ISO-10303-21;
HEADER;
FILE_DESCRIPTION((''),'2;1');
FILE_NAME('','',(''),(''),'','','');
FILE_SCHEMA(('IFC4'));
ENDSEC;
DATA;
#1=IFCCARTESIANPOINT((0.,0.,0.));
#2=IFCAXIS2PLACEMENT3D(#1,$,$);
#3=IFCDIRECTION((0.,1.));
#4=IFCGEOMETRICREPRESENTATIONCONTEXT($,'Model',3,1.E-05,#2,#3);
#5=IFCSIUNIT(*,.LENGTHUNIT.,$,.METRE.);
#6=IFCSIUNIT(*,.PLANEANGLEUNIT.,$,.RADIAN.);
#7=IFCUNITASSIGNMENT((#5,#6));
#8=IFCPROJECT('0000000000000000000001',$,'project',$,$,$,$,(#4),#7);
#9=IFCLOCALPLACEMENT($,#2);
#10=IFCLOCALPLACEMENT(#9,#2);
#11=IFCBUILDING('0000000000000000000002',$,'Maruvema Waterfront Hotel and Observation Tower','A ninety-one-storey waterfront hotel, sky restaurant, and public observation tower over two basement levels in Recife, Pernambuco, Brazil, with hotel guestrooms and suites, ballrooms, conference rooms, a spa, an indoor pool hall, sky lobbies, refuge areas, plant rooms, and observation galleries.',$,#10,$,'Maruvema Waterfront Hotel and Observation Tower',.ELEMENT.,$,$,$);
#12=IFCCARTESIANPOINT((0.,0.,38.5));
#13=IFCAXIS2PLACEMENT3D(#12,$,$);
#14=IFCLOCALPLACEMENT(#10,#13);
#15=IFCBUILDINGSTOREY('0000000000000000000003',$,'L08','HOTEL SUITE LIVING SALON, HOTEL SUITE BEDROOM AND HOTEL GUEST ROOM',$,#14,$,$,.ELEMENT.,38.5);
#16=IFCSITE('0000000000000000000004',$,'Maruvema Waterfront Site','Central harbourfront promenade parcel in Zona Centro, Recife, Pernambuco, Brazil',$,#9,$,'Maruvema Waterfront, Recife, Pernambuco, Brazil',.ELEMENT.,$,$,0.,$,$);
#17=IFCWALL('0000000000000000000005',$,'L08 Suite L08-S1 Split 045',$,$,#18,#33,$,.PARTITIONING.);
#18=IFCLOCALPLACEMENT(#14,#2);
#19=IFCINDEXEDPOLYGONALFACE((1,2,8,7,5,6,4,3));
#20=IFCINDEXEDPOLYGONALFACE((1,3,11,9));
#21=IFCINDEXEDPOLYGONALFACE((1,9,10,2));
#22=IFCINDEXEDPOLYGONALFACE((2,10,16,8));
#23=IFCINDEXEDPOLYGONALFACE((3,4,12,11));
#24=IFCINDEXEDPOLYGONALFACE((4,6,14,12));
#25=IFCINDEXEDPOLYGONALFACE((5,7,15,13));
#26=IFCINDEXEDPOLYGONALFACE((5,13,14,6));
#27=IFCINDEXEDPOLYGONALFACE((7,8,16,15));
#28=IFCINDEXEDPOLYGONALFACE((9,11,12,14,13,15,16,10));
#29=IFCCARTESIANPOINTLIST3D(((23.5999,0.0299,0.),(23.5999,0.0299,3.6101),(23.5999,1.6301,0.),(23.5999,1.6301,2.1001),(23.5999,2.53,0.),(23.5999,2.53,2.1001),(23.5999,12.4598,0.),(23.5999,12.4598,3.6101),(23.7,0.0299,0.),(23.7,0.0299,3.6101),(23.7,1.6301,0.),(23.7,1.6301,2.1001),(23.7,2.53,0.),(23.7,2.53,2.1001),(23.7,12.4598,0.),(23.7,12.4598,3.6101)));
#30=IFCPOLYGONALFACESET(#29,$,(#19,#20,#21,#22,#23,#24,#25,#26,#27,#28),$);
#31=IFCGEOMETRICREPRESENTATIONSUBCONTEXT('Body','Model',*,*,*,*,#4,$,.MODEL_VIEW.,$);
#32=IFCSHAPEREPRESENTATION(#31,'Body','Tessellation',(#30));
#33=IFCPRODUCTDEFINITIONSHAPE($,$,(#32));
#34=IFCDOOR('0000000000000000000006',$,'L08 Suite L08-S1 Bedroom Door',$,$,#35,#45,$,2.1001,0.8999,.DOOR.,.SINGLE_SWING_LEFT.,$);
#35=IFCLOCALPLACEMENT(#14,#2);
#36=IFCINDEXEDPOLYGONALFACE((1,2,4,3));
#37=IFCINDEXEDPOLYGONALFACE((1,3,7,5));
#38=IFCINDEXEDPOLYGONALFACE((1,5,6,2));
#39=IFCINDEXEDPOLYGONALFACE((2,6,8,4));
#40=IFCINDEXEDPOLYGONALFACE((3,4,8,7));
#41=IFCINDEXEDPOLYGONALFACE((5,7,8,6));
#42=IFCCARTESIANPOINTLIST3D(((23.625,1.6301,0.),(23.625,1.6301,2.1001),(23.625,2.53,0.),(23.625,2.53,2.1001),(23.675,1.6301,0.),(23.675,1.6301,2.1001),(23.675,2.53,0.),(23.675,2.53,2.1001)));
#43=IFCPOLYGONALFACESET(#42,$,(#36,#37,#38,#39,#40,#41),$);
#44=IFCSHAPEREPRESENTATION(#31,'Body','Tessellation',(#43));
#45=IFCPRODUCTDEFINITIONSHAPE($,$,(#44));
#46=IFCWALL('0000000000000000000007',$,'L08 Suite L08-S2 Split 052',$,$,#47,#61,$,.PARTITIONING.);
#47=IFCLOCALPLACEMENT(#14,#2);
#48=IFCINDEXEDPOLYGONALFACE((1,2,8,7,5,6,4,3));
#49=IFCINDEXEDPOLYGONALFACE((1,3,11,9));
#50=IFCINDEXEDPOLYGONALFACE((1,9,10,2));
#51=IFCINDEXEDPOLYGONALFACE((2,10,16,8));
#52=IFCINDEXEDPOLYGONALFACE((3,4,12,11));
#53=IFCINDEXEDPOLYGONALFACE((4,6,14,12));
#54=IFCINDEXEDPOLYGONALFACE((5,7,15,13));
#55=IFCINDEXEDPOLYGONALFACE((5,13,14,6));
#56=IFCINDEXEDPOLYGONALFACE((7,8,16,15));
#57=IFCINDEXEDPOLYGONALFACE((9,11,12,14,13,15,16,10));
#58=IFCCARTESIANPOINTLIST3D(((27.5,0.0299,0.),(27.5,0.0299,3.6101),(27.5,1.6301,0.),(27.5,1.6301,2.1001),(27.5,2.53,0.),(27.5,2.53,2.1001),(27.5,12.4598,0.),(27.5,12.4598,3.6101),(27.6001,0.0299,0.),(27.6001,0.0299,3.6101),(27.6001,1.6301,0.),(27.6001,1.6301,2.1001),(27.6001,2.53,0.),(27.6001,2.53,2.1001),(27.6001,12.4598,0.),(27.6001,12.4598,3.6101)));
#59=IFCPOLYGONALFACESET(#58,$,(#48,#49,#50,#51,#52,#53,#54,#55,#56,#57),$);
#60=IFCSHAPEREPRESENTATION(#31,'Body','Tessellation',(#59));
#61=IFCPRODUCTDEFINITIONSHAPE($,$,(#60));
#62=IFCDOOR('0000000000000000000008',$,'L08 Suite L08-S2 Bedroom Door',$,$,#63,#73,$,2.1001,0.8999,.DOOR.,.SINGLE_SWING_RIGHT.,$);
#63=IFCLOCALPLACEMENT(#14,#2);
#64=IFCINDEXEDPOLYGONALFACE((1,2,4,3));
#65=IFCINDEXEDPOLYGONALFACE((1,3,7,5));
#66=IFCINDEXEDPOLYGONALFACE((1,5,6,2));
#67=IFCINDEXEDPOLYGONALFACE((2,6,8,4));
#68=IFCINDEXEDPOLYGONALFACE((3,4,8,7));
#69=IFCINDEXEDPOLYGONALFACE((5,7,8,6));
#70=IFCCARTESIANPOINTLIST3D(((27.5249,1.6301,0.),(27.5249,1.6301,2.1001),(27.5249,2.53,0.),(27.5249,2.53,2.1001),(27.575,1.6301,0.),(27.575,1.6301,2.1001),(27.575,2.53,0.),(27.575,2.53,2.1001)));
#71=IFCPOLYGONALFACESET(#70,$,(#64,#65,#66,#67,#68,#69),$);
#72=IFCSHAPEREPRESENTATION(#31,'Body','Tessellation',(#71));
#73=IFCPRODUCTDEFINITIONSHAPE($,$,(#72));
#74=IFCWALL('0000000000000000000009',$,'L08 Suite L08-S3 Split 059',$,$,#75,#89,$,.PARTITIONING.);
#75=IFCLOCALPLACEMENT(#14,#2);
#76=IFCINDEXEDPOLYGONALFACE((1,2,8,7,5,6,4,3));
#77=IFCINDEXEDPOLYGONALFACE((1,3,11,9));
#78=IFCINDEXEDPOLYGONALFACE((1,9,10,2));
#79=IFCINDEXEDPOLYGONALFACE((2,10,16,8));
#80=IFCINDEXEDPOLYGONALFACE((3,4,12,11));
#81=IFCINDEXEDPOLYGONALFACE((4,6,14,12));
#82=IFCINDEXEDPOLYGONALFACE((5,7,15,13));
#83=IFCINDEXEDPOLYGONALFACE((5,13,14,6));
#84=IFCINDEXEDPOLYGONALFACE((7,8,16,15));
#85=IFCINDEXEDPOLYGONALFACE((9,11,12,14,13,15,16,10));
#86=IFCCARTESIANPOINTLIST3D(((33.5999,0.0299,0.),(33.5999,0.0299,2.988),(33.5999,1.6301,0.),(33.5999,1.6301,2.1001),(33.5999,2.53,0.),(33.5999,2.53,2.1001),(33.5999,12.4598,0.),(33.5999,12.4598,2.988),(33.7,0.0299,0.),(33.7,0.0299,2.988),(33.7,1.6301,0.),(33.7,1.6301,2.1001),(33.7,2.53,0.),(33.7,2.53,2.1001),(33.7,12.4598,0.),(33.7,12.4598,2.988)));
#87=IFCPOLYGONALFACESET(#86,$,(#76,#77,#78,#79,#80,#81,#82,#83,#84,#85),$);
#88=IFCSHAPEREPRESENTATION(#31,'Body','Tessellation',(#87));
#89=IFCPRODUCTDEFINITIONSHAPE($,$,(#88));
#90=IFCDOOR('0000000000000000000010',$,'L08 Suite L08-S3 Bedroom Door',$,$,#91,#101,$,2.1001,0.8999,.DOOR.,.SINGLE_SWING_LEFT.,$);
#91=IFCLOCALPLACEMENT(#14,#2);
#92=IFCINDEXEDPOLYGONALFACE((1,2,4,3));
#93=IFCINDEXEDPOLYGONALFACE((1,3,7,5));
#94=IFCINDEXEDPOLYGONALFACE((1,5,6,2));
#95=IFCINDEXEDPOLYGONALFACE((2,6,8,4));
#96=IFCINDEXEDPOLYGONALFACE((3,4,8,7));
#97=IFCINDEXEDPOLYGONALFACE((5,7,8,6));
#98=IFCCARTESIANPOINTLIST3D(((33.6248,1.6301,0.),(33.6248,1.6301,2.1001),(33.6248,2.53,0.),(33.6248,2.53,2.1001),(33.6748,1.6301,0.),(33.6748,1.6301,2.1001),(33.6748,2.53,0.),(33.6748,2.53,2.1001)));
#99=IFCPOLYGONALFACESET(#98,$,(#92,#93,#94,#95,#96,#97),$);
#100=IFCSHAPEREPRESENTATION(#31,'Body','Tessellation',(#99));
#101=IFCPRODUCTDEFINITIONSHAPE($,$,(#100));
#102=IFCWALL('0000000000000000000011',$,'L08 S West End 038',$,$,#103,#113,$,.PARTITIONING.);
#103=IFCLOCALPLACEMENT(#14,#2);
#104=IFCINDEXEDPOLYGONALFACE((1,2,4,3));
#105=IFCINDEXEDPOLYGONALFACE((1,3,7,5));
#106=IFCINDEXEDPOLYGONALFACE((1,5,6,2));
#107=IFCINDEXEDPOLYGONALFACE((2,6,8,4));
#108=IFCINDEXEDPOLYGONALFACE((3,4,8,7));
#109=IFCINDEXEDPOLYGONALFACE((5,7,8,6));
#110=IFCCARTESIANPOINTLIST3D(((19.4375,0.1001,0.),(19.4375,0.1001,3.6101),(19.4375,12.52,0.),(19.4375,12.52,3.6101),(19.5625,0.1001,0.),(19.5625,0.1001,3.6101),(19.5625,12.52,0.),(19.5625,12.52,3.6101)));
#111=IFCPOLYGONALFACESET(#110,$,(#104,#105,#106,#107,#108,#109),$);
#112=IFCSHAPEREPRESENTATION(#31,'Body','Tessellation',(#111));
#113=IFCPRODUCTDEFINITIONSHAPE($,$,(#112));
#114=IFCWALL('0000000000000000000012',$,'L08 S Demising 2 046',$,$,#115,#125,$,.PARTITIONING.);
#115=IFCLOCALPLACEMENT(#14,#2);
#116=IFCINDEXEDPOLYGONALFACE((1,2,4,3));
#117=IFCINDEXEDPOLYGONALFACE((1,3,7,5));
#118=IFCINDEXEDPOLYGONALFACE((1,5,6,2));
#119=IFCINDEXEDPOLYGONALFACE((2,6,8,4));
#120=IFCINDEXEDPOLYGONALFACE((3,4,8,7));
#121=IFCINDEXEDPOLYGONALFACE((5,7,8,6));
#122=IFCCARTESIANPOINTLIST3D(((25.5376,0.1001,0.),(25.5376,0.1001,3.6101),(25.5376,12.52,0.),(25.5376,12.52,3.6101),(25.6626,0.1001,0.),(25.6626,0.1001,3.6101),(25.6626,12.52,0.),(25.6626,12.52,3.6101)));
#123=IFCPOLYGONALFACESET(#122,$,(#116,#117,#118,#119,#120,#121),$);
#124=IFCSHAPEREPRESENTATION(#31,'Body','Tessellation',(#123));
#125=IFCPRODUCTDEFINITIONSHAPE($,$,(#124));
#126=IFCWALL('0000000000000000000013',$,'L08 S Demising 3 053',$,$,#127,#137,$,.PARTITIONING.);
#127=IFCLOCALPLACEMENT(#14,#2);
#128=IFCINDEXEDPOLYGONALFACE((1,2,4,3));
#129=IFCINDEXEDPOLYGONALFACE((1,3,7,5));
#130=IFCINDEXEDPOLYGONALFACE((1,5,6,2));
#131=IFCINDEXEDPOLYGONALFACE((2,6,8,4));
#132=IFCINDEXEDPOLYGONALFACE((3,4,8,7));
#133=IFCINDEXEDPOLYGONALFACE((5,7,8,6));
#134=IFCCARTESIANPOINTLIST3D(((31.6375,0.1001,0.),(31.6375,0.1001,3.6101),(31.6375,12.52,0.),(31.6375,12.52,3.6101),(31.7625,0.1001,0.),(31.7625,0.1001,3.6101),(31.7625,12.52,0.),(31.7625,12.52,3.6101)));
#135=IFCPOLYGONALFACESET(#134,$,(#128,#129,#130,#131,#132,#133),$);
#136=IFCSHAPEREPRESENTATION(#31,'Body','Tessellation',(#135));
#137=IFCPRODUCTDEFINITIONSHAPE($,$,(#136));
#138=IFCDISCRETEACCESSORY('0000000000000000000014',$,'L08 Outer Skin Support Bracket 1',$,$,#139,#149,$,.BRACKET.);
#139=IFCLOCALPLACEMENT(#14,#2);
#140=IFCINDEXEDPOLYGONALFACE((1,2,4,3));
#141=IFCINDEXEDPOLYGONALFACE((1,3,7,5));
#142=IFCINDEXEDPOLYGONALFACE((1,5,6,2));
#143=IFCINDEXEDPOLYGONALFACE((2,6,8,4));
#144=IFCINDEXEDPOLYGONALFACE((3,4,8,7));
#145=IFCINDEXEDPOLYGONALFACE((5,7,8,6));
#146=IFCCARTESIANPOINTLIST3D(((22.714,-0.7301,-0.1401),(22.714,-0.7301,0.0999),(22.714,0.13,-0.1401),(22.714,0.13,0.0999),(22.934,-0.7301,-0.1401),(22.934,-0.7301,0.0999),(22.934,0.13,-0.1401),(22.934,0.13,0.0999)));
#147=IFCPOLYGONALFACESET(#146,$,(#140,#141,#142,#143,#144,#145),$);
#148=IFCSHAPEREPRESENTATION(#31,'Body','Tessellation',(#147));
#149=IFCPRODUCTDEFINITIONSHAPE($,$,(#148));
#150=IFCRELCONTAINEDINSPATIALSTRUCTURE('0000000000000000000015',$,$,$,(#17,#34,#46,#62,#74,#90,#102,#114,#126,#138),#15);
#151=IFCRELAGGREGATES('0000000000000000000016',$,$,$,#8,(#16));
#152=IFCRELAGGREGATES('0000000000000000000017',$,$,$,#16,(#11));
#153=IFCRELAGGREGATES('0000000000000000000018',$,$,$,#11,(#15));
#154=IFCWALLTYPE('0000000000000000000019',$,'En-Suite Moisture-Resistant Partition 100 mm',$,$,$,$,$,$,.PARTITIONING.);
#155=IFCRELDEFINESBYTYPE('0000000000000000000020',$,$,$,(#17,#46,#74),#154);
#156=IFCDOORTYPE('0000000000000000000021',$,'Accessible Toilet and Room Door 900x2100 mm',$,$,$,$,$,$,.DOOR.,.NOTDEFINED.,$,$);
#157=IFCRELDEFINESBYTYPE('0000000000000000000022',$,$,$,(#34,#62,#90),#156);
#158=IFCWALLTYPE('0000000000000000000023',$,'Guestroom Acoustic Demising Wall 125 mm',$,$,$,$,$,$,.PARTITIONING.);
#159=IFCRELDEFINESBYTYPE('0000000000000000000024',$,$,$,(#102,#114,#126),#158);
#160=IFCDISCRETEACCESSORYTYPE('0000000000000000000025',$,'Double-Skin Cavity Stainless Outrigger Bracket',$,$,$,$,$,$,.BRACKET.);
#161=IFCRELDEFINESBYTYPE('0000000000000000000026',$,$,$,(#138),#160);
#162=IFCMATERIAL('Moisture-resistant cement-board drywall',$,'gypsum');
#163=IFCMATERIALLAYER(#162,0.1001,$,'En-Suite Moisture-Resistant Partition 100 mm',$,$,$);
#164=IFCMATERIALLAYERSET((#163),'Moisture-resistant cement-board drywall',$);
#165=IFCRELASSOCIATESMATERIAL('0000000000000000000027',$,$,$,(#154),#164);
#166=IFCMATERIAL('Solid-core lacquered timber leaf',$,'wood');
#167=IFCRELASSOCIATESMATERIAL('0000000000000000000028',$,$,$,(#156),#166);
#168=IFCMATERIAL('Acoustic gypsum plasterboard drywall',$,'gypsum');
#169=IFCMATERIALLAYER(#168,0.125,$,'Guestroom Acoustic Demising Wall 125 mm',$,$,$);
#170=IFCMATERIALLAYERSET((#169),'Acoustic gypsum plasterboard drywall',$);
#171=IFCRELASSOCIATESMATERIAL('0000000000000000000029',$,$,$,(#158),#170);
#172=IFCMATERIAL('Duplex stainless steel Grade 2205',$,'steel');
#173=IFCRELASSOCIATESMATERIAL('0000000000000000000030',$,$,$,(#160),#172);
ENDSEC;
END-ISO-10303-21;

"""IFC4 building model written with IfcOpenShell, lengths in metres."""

from ifc_helpers import new_model, si_unit, direction, frame, frame_2d, origin, origin_2d, place, context, subcontext, project, spatial, rectangle, extrude, material, layer, layer_set, type_object, element, fill, save


model = new_model("IFC4")

# Units and contexts
model_context = context("Model", 3, precision=1e-05, world=origin(), true_north=direction((0.0, 1.0)))
body_context = subcontext(model_context, "Body", "Model", "MODEL_VIEW")
ifc_project = project(units=[si_unit("LENGTHUNIT", "METRE"), si_unit("PLANEANGLEUNIT", "RADIAN")], contexts=[model_context])

# Site, building, storey
site_placement = place(None, origin())
site = spatial("IfcSite", under=ifc_project, at=site_placement, Name="Maruvema Waterfront Site", Description="Central harbourfront promenade parcel in Zona Centro, Recife, Pernambuco, Brazil", LongName="Maruvema Waterfront, Recife, Pernambuco, Brazil", CompositionType="ELEMENT", RefElevation=0.0)
building_placement = place(site_placement, origin())
building = spatial("IfcBuilding", under=site, at=building_placement, Name="Maruvema Waterfront Hotel and Observation Tower", Description="A ninety-one-storey waterfront hotel, sky restaurant, and public observation tower over two basement levels in Recife, Pernambuco, Brazil, with hotel guestrooms and suites, ballrooms, conference rooms, a spa, an indoor pool hall, sky lobbies, refuge areas, plant rooms, and observation galleries.", LongName="Maruvema Waterfront Hotel and Observation Tower", CompositionType="ELEMENT")
storey_placement = place(building_placement, frame((0.0, 0.0, 38.5)))
storey = spatial("IfcBuildingStorey", under=building, at=storey_placement, Name="L08", Description="HOTEL SUITE LIVING SALON, HOTEL SUITE BEDROOM AND HOTEL GUEST ROOM", CompositionType="ELEMENT", Elevation=38.5)

# Walls, openings, doors
ifc_material_1 = material(Name="Moisture-resistant cement-board drywall", Category="gypsum")
ifc_layer_1 = layer(ifc_material_1, 0.1001, Name="En-Suite Moisture-Resistant Partition 100 mm")
ifc_layer_set_1 = layer_set([ifc_layer_1], Name="Moisture-resistant cement-board drywall")
wall_type_1 = type_object("IfcWallType", Name="En-Suite Moisture-Resistant Partition 100 mm", PredefinedType="PARTITIONING", material=ifc_layer_set_1)
wall_1_placement = place(storey_placement, frame((23.6499, 0.03, 0.0), z_axis=(0.0, 0.0, 1.0), x_axis=(0.0, 1.0, 0.0)))
wall_1 = element("IfcWall", 1, at=wall_1_placement, inside=storey, type_object=wall_type_1, Name="L08 Suite L08-S1 Split 045", PredefinedType="PARTITIONING", context=body_context, shape_type="SweptSolid", body=[
    extrude(rectangle(XDim=12.4299, YDim=0.1001, at=frame_2d((6.2148, 0.0))), origin(), (0.0, 0.0, 1.0), 3.6101),
])
opening_1_placement = place(wall_1_placement, frame((1.6001, 0.0, 0.0)))
opening_1 = element("IfcOpeningElement", 2, at=opening_1_placement, cuts=wall_1, PredefinedType="OPENING", context=body_context, shape_type="SweptSolid", body=[
    extrude(rectangle(XDim=0.8999, YDim=2.1001, at=frame_2d((0.45, 1.05))), frame((0.0, 0.0601, 0.0), z_axis=(0.0, -1.0, 0.0), x_axis=(1.0, 0.0, 0.0)), (0.0, 0.0, 1.0), 0.1201),
])
ifc_material_2 = material(Name="Solid-core lacquered timber leaf", Category="wood")
door_type = type_object("IfcDoorType", Name="Accessible Toilet and Room Door 900x2100 mm", OperationType="NOTDEFINED", PredefinedType="DOOR", material=ifc_material_2)
door_1_placement = place(opening_1_placement, origin())
door_1 = element("IfcDoor", 3, at=door_1_placement, inside=storey, type_object=door_type, Name="L08 Suite L08-S1 Bedroom Door", OperationType="SINGLE_SWING_LEFT", OverallHeight=2.1001, OverallWidth=0.8999, PredefinedType="DOOR", context=body_context, shape_type="SweptSolid", body=[
    extrude(rectangle(XDim=0.8999, YDim=2.1001, at=frame_2d((0.45, 1.05))), frame((0.0, 0.0249, 0.0), z_axis=(0.0, -1.0, 0.0), x_axis=(1.0, 0.0, 0.0)), (0.0, 0.0, 1.0), 0.05),
])
fill(opening_1, door_1)
wall_2_placement = place(storey_placement, frame((27.55, 0.03, 0.0), z_axis=(0.0, 0.0, 1.0), x_axis=(0.0, 1.0, 0.0)))
wall_2 = element("IfcWall", 4, at=wall_2_placement, inside=storey, type_object=wall_type_1, Name="L08 Suite L08-S2 Split 052", PredefinedType="PARTITIONING", context=body_context, shape_type="SweptSolid", body=[
    extrude(rectangle(XDim=12.4299, YDim=0.1001, at=frame_2d((6.2148, 0.0))), origin(), (0.0, 0.0, 1.0), 3.6101),
])
opening_2_placement = place(wall_2_placement, frame((1.6001, 0.0, 0.0)))
opening_2 = element("IfcOpeningElement", 5, at=opening_2_placement, cuts=wall_2, PredefinedType="OPENING", context=body_context, shape_type="SweptSolid", body=[
    extrude(rectangle(XDim=0.8999, YDim=2.1001, at=frame_2d((0.45, 1.05))), frame((0.0, 0.0601, 0.0), z_axis=(0.0, -1.0, 0.0), x_axis=(1.0, 0.0, 0.0)), (0.0, 0.0, 1.0), 0.1201),
])
door_2_placement = place(opening_2_placement, frame((0.8999, 0.0, 0.0), z_axis=(0.0, 0.0, 1.0), x_axis=(-1.0, 0.0, 0.0)))
door_2 = element("IfcDoor", 6, at=door_2_placement, inside=storey, type_object=door_type, Name="L08 Suite L08-S2 Bedroom Door", OperationType="SINGLE_SWING_RIGHT", OverallHeight=2.1001, OverallWidth=0.8999, PredefinedType="DOOR", context=body_context, shape_type="SweptSolid", body=[
    extrude(rectangle(XDim=0.8999, YDim=2.1001, at=frame_2d((0.45, 1.05))), frame((0.0, 0.0249, 0.0), z_axis=(0.0, -1.0, 0.0), x_axis=(1.0, 0.0, 0.0)), (0.0, 0.0, 1.0), 0.05),
])
fill(opening_2, door_2)
wall_3_placement = place(storey_placement, frame((33.6499, 0.03, 0.0), z_axis=(0.0, 0.0, 1.0), x_axis=(0.0, 1.0, 0.0)))
wall_3 = element("IfcWall", 7, at=wall_3_placement, inside=storey, type_object=wall_type_1, Name="L08 Suite L08-S3 Split 059", PredefinedType="PARTITIONING", context=body_context, shape_type="SweptSolid", body=[
    extrude(rectangle(XDim=12.4299, YDim=0.1001, at=frame_2d((6.2148, 0.0))), origin(), (0.0, 0.0, 1.0), 2.988),
])
opening_3_placement = place(wall_3_placement, frame((1.6001, 0.0, 0.0)))
opening_3 = element("IfcOpeningElement", 8, at=opening_3_placement, cuts=wall_3, PredefinedType="OPENING", context=body_context, shape_type="SweptSolid", body=[
    extrude(rectangle(XDim=0.8999, YDim=2.1001, at=frame_2d((0.45, 1.05))), frame((0.0, 0.0601, 0.0), z_axis=(0.0, -1.0, 0.0), x_axis=(1.0, 0.0, 0.0)), (0.0, 0.0, 1.0), 0.1201),
])
door_3_placement = place(opening_3_placement, frame((0.8999, 0.0, 0.0), z_axis=(0.0, 0.0, 1.0), x_axis=(-1.0, 0.0, 0.0)))
door_3 = element("IfcDoor", 9, at=door_3_placement, inside=storey, type_object=door_type, Name="L08 Suite L08-S3 Bedroom Door", OperationType="SINGLE_SWING_LEFT", OverallHeight=2.1001, OverallWidth=0.8999, PredefinedType="DOOR", context=body_context, shape_type="SweptSolid", body=[
    extrude(rectangle(XDim=0.8999, YDim=2.1001, at=frame_2d((0.45, 1.05))), frame((0.0, 0.0249, 0.0), z_axis=(0.0, -1.0, 0.0), x_axis=(1.0, 0.0, 0.0)), (0.0, 0.0, 1.0), 0.05),
])
fill(opening_3, door_3)

# Walls
ifc_material_3 = material(Name="Acoustic gypsum plasterboard drywall", Category="gypsum")
ifc_layer_2 = layer(ifc_material_3, 0.125, Name="Guestroom Acoustic Demising Wall 125 mm")
ifc_layer_set_2 = layer_set([ifc_layer_2], Name="Acoustic gypsum plasterboard drywall")
wall_type_2 = type_object("IfcWallType", Name="Guestroom Acoustic Demising Wall 125 mm", PredefinedType="PARTITIONING", material=ifc_layer_set_2)
for number, where, z_axis, x_axis, name in (
    (10, (19.5, 0.1001, 0.0), (0.0, 0.0, 1.0), (0.0, 1.0, 0.0), "L08 S West End 038"),
    (11, (25.6001, 0.1001, 0.0), (0.0, 0.0, 1.0), (0.0, 1.0, 0.0), "L08 S Demising 2 046"),
    (12, (31.7, 0.1001, 0.0), (0.0, 0.0, 1.0), (0.0, 1.0, 0.0), "L08 S Demising 3 053"),
):
    element("IfcWall", number, at=place(storey_placement, frame(where, z_axis=z_axis, x_axis=x_axis)), inside=storey, type_object=wall_type_2, Name=name, PredefinedType="PARTITIONING", context=body_context, shape_type="SweptSolid", body=[
        extrude(rectangle(XDim=12.4199, YDim=0.125, at=frame_2d((6.21, 0.0))), origin(), (0.0, 0.0, 1.0), 3.6101),
    ])

# Discrete accessory
ifc_material_4 = material(Name="Duplex stainless steel Grade 2205", Category="steel")
discrete_accessory_type = type_object("IfcDiscreteAccessoryType", Name="Double-Skin Cavity Stainless Outrigger Bracket", PredefinedType="BRACKET", material=ifc_material_4)
discrete_accessory_placement = place(storey_placement, frame((22.824, -0.3, -0.1401), z_axis=(0.0, 0.0, 1.0), x_axis=(1.0, 0.0, 0.0)))
element("IfcDiscreteAccessory", 13, at=discrete_accessory_placement, inside=storey, type_object=discrete_accessory_type, Name="L08 Outer Skin Support Bracket 1", PredefinedType="BRACKET", context=body_context, shape_type="SweptSolid", body=[
    extrude(rectangle(XDim=0.22, YDim=0.8601, at=origin_2d()), origin(), (0.0, 0.0, 1.0), 0.24),
])

save(model, "model.ifc")
